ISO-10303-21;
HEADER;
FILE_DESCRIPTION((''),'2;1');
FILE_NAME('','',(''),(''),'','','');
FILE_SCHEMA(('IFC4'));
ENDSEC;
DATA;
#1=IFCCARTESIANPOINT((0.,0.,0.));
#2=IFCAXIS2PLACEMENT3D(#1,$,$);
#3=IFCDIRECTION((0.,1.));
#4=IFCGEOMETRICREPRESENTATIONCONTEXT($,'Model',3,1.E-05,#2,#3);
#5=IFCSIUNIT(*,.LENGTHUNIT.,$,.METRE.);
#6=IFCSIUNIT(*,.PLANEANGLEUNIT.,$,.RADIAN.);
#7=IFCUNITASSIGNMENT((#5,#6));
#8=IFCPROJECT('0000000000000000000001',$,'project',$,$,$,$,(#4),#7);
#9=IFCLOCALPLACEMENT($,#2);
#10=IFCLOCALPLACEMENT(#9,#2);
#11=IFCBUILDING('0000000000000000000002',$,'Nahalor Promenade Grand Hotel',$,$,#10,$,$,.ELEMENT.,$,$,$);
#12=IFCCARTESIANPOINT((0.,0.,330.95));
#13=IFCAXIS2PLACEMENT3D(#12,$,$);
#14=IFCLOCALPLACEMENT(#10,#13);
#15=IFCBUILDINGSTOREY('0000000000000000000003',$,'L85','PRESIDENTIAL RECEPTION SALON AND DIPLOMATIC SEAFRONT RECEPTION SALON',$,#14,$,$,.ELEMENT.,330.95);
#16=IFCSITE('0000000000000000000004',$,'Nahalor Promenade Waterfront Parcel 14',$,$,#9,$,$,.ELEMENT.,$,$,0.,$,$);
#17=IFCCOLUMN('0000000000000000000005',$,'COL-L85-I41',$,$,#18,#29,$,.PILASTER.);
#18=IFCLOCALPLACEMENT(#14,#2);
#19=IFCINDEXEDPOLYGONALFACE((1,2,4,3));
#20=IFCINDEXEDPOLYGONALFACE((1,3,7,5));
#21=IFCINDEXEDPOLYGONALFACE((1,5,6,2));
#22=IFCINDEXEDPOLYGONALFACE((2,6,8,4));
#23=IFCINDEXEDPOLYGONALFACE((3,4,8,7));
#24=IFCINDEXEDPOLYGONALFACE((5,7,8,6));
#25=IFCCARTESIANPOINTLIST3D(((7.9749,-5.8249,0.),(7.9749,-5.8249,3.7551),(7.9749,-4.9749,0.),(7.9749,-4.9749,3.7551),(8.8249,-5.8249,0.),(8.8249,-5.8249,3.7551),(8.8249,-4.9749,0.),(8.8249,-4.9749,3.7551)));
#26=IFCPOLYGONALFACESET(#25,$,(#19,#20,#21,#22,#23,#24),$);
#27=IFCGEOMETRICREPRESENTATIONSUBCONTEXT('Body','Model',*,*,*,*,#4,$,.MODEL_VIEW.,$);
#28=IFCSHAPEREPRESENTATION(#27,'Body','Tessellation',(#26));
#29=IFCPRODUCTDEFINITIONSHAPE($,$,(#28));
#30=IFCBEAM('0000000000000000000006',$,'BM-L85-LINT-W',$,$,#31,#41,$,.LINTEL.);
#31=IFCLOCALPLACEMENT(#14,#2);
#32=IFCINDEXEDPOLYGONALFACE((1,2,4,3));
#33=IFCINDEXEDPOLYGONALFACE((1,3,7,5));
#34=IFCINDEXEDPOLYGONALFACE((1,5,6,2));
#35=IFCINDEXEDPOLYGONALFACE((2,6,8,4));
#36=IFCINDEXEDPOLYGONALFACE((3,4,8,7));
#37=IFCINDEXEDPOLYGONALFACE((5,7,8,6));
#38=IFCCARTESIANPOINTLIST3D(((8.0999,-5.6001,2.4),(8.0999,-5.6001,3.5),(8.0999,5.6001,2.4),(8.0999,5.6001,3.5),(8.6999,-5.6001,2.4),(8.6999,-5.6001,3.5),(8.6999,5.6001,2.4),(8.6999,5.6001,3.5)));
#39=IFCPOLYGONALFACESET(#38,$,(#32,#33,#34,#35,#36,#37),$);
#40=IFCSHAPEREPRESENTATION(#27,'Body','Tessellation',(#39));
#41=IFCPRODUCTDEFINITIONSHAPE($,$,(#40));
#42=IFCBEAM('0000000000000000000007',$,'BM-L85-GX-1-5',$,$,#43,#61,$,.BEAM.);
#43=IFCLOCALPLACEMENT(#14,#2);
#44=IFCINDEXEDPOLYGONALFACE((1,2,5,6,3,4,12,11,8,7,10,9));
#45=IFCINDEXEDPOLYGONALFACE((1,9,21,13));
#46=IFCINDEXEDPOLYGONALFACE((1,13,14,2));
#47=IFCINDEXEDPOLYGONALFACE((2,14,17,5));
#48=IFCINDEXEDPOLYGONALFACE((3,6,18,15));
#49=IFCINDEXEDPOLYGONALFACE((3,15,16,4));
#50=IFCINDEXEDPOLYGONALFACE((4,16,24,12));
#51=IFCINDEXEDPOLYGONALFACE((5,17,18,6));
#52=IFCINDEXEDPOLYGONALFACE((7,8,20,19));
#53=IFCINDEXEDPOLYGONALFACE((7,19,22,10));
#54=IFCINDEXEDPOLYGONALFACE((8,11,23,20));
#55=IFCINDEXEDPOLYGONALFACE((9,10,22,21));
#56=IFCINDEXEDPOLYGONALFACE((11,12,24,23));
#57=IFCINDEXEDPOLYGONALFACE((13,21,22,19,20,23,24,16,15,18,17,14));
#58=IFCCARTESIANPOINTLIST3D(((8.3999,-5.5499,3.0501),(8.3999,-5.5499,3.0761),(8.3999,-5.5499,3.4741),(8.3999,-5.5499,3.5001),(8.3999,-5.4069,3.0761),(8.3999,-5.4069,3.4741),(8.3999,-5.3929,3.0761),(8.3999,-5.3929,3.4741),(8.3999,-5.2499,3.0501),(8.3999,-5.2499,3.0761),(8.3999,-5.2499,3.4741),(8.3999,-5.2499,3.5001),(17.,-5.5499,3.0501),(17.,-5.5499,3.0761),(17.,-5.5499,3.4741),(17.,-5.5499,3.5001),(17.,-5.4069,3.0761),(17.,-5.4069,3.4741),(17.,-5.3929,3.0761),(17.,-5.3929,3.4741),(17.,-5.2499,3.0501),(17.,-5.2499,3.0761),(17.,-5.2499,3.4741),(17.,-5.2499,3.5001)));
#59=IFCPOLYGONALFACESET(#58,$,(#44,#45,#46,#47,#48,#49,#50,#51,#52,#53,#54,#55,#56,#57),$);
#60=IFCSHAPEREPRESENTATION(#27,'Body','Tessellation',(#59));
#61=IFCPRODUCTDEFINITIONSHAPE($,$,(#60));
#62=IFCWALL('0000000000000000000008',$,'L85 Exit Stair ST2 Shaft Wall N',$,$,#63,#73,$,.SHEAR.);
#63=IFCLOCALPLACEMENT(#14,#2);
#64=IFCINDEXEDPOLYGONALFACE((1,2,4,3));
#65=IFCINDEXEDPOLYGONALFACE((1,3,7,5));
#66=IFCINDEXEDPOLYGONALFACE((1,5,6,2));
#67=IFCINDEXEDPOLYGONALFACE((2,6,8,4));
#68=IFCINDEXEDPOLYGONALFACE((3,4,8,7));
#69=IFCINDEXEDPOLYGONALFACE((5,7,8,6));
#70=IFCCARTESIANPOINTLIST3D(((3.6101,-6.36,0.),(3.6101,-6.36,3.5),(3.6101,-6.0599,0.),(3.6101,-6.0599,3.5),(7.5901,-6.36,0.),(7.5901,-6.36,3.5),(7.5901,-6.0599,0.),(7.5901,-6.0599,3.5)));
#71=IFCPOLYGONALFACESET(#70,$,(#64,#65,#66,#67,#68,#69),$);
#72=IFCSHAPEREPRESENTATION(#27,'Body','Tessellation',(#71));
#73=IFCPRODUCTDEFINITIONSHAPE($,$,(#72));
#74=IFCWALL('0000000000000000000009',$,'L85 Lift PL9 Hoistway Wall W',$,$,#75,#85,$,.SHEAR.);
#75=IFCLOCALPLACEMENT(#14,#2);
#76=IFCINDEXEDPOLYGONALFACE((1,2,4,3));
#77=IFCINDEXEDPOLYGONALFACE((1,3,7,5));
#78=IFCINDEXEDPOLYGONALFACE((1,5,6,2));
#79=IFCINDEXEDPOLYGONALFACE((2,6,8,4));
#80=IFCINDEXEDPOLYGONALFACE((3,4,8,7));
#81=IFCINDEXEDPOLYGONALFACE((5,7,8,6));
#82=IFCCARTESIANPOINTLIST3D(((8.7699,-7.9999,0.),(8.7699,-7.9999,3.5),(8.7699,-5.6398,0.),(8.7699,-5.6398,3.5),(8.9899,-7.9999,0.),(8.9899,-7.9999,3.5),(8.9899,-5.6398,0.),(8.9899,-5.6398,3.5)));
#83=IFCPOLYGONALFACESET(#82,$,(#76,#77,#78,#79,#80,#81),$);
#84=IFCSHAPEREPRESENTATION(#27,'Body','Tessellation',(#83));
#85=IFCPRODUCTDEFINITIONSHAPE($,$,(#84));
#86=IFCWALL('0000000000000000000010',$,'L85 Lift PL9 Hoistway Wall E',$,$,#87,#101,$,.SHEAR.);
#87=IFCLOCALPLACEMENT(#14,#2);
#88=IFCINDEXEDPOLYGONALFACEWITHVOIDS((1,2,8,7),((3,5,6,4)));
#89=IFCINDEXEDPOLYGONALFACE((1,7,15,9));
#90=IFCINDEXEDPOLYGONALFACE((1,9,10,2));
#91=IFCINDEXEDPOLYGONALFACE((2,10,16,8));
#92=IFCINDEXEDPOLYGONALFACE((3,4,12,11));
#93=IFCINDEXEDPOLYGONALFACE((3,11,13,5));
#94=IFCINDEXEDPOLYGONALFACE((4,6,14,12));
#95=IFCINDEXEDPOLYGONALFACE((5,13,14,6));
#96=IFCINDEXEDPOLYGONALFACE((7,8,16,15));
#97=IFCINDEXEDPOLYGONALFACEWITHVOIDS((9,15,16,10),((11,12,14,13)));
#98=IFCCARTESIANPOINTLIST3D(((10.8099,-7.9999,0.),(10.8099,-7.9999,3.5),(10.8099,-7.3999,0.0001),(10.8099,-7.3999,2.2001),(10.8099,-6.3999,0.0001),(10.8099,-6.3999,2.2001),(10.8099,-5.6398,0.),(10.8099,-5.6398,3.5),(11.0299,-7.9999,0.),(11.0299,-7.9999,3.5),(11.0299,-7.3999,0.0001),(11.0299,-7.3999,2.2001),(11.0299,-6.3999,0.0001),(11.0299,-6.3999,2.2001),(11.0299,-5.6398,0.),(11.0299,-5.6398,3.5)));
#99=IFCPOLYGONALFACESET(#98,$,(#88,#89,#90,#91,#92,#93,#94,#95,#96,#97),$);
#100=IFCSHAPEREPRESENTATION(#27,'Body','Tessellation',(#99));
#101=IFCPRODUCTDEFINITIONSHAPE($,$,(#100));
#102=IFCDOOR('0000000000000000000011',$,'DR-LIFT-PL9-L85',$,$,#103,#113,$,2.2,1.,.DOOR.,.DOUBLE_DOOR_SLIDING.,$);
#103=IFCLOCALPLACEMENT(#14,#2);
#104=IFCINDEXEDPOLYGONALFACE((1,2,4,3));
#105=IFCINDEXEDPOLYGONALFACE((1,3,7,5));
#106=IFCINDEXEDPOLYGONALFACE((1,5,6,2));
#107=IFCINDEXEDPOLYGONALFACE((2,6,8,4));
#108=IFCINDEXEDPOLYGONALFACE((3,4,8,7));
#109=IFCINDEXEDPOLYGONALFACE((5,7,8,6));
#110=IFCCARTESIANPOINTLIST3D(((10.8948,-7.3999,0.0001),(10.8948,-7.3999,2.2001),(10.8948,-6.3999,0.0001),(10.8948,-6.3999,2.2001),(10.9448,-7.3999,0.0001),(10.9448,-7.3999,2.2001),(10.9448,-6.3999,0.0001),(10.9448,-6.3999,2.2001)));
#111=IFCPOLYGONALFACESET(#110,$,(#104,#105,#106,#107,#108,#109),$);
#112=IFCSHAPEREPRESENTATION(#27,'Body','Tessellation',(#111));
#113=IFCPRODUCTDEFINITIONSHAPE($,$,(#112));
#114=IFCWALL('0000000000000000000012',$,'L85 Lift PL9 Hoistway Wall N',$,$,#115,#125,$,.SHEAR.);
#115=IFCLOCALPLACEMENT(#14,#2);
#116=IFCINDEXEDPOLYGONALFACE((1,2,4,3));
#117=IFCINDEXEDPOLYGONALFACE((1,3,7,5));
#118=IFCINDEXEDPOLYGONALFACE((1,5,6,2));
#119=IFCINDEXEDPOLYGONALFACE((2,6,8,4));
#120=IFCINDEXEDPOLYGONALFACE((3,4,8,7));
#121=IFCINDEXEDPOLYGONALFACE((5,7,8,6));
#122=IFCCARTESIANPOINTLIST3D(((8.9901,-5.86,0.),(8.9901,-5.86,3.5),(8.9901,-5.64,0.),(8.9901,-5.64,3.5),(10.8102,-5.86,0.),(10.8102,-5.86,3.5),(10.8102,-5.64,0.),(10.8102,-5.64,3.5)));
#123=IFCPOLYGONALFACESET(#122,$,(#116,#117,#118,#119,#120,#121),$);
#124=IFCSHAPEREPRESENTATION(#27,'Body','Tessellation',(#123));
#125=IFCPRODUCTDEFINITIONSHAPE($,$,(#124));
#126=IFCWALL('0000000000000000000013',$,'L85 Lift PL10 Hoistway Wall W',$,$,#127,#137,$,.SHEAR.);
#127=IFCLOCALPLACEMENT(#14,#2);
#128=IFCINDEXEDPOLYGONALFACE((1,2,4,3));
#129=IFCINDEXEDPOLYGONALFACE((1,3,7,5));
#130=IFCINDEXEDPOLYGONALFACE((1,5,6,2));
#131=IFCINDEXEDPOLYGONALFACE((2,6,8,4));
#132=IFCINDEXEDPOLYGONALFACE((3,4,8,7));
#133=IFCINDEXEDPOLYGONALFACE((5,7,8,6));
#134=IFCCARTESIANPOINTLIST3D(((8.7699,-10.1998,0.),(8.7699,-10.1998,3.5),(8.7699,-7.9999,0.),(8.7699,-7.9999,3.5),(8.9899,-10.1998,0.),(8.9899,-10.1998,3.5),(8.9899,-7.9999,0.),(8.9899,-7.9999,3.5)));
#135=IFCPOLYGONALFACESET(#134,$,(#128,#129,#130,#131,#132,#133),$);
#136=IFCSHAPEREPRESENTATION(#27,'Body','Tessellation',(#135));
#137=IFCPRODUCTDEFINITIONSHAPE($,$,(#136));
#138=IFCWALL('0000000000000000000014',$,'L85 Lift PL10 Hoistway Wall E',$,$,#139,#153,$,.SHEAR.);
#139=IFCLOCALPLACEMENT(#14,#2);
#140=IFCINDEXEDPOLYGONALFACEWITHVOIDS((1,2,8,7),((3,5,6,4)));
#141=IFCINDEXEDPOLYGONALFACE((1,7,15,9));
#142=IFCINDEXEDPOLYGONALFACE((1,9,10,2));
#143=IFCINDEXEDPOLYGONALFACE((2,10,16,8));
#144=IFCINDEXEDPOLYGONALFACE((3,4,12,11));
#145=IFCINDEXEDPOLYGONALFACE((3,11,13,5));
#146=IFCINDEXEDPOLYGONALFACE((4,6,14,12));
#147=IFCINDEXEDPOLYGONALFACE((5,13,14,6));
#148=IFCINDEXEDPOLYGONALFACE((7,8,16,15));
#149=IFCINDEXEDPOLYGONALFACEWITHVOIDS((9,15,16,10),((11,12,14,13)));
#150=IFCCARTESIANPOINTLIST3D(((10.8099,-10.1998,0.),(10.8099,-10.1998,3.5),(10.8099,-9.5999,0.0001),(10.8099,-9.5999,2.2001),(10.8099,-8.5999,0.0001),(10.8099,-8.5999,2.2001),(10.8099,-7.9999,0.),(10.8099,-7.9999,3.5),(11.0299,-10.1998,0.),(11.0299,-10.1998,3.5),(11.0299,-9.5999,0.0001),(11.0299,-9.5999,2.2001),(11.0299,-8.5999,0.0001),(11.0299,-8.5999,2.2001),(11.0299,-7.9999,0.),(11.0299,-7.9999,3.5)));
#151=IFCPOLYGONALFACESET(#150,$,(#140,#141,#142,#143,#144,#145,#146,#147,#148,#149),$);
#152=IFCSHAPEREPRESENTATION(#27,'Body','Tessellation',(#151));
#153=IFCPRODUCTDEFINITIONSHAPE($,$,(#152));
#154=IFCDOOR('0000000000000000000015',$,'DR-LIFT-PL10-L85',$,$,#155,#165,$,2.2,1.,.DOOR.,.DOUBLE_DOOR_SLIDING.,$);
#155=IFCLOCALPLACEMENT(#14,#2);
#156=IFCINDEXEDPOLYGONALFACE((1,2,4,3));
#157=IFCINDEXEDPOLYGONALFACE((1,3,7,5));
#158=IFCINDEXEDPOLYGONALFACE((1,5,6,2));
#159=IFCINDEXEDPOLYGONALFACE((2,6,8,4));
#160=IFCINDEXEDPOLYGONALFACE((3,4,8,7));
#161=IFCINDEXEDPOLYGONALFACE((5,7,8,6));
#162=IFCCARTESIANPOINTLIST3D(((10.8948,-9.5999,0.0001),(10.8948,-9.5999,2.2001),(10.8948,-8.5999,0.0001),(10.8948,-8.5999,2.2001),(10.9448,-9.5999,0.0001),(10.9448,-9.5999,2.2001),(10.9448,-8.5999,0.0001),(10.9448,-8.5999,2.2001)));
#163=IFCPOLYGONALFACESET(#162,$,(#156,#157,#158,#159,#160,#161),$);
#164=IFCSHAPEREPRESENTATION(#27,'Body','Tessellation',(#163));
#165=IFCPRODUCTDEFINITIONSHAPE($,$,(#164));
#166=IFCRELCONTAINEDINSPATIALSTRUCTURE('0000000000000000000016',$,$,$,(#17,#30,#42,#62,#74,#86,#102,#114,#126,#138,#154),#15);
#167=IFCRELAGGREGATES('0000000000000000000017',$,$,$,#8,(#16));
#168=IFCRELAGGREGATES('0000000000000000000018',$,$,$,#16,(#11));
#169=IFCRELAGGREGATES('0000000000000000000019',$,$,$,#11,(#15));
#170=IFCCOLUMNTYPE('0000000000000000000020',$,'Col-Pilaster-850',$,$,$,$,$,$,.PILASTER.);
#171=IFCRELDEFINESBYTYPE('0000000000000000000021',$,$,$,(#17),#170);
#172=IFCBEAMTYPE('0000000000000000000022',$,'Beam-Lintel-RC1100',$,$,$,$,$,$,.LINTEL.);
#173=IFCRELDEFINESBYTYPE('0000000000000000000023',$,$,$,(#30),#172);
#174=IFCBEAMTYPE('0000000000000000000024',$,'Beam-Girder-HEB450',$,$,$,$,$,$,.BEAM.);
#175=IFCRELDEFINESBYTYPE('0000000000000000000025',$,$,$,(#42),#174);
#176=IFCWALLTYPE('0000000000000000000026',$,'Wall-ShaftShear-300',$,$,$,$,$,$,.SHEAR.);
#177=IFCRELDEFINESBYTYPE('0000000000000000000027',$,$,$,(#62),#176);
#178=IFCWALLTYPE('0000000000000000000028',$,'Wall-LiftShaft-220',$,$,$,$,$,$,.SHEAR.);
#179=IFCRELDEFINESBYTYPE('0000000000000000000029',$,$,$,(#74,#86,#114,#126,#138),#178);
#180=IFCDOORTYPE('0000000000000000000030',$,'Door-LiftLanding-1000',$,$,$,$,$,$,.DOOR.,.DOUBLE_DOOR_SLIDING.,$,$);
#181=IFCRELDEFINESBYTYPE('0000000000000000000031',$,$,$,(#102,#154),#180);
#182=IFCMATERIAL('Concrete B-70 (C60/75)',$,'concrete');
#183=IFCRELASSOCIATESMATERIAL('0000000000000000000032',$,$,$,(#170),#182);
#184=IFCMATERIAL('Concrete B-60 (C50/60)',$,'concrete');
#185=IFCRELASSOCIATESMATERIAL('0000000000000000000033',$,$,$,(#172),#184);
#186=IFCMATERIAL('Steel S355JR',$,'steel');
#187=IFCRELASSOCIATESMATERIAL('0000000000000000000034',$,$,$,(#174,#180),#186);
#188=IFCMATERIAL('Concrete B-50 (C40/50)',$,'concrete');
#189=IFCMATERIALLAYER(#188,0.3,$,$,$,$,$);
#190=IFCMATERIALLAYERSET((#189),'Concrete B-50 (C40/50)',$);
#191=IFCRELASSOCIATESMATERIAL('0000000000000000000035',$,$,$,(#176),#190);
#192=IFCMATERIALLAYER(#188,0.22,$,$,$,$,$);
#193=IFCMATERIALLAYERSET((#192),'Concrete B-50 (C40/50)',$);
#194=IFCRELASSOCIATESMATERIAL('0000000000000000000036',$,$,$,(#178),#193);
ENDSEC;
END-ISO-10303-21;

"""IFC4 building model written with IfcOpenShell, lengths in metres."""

from ifc_helpers import new_model, si_unit, direction, frame, frame_2d, origin, origin_2d, place, context, subcontext, project, spatial, rectangle, i_section, extrude, source, transform, mapped, material, layer, layer_set, material_profile, profile_set, type_object, element, fill, save


model = new_model("IFC4")

# Units and contexts
model_context = context("Model", 3, precision=1e-05, world=origin(), true_north=direction((0.0, 1.0)))
body_context = subcontext(model_context, "Body", "Model", "MODEL_VIEW")
ifc_project = project(units=[si_unit("LENGTHUNIT", "METRE"), si_unit("PLANEANGLEUNIT", "RADIAN")], contexts=[model_context])

# Site, building, storey
site_placement = place(None, origin())
site = spatial("IfcSite", under=ifc_project, at=site_placement, Name="Nahalor Promenade Waterfront Parcel 14", CompositionType="ELEMENT", RefElevation=0.0)
building_placement = place(site_placement, origin())
building = spatial("IfcBuilding", under=site, at=building_placement, Name="Nahalor Promenade Grand Hotel", CompositionType="ELEMENT")
storey_placement = place(building_placement, frame((0.0, 0.0, 330.95)))
storey = spatial("IfcBuildingStorey", under=building, at=storey_placement, Name="L85", Description="PRESIDENTIAL RECEPTION SALON AND DIPLOMATIC SEAFRONT RECEPTION SALON", CompositionType="ELEMENT", Elevation=330.95)

# Column
ifc_material_1 = material(Name="Concrete B-70 (C60/75)", Category="concrete")
ifc_material_profile_1 = material_profile(ifc_material_1, rectangle(XDim=0.85, YDim=0.85, at=origin_2d()), Name="RC 850x850")
ifc_profile_set_1 = profile_set([ifc_material_profile_1], Name="Concrete B-70 (C60/75)")
column_type = type_object("IfcColumnType", Name="Col-Pilaster-850", PredefinedType="PILASTER", material=ifc_profile_set_1)
shared_shape_1 = source(origin(), body_context, "Body", "SweptSolid", [
    extrude(rectangle(XDim=0.85, YDim=0.85, at=origin_2d()), origin(), (0.0, 0.0, 1.0), 3.7551),
])
column_placement = place(storey_placement, frame((8.3999, -5.3999, 0.0), z_axis=(0.0, 0.0, 1.0), x_axis=(1.0, 0.0, 0.0)))
element("IfcColumn", 1, at=column_placement, inside=storey, type_object=column_type, Name="COL-L85-I41", PredefinedType="PILASTER", context=body_context, shape_type="MappedRepresentation", body=[
    mapped(shared_shape_1, transform((0.0, 0.0, 0.0), scale=1.0)),
])

# Beams
ifc_material_2 = material(Name="Concrete B-60 (C50/60)", Category="concrete")
ifc_material_profile_2 = material_profile(ifc_material_2, rectangle(XDim=0.6, YDim=1.1, at=origin_2d()), Name="RC 600x1100")
ifc_profile_set_2 = profile_set([ifc_material_profile_2], Name="Concrete B-60 (C50/60)")
beam_type_1 = type_object("IfcBeamType", Name="Beam-Lintel-RC1100", PredefinedType="LINTEL", material=ifc_profile_set_2)
shared_shape_2 = source(origin(), body_context, "Body", "SweptSolid", [
    extrude(rectangle(XDim=0.6, YDim=1.1, at=origin_2d()), origin(), (0.0, 0.0, 1.0), 11.2002),
])
beam_1_placement = place(storey_placement, frame((8.3999, -5.6001, 2.95), z_axis=(0.0, 1.0, 0.0), x_axis=(-1.0, 0.0, 0.0)))
element("IfcBeam", 2, at=beam_1_placement, inside=storey, type_object=beam_type_1, Name="BM-L85-LINT-W", PredefinedType="LINTEL", context=body_context, shape_type="MappedRepresentation", body=[
    mapped(shared_shape_2, transform((0.0, 0.0, 0.0), scale=1.0)),
])
ifc_material_3 = material(Name="Steel S355JR", Category="steel")
ifc_material_profile_3 = material_profile(ifc_material_3, i_section(OverallWidth=0.3, OverallDepth=0.45, WebThickness=0.014, FlangeThickness=0.026, at=origin_2d()), Name="HEB 450")
ifc_profile_set_3 = profile_set([ifc_material_profile_3], Name="Steel S355JR")
beam_type_2 = type_object("IfcBeamType", Name="Beam-Girder-HEB450", PredefinedType="BEAM", material=ifc_profile_set_3)
shared_shape_3 = source(origin(), body_context, "Body", "SweptSolid", [
    extrude(i_section(OverallWidth=0.3, OverallDepth=0.45, WebThickness=0.014, FlangeThickness=0.026, at=origin_2d()), origin(), (0.0, 0.0, 1.0), 8.6001),
])
beam_2_placement = place(storey_placement, frame((8.3999, -5.3999, 3.2751), z_axis=(1.0, 0.0, 0.0), x_axis=(0.0, 1.0, 0.0)))
element("IfcBeam", 3, at=beam_2_placement, inside=storey, type_object=beam_type_2, Name="BM-L85-GX-1-5", PredefinedType="BEAM", context=body_context, shape_type="MappedRepresentation", body=[
    mapped(shared_shape_3, transform((0.0, 0.0, 0.0), scale=1.0)),
])

# Walls
ifc_material_4 = material(Name="Concrete B-50 (C40/50)", Category="concrete")
ifc_layer_1 = layer(ifc_material_4, 0.3)
ifc_layer_set_1 = layer_set([ifc_layer_1], Name="Concrete B-50 (C40/50)")
wall_type_1 = type_object("IfcWallType", Name="Wall-ShaftShear-300", PredefinedType="SHEAR", material=ifc_layer_set_1)
shared_shape_4 = source(origin(), body_context, "Body", "SweptSolid", [
    extrude(rectangle(XDim=3.98, YDim=0.3, at=frame_2d((1.99, 0.0))), origin(), (0.0, 0.0, 1.0), 3.5),
])
wall_1_placement = place(storey_placement, frame((3.6101, -6.21, 0.0), z_axis=(0.0, 0.0, 1.0), x_axis=(1.0, 0.0, 0.0)))
element("IfcWall", 4, at=wall_1_placement, inside=storey, type_object=wall_type_1, Name="L85 Exit Stair ST2 Shaft Wall N", PredefinedType="SHEAR", context=body_context, shape_type="MappedRepresentation", body=[
    mapped(shared_shape_4, transform((0.0, 0.0, 0.0), scale=1.0)),
])
ifc_layer_2 = layer(ifc_material_4, 0.22)
ifc_layer_set_2 = layer_set([ifc_layer_2], Name="Concrete B-50 (C40/50)")
wall_type_2 = type_object("IfcWallType", Name="Wall-LiftShaft-220", PredefinedType="SHEAR", material=ifc_layer_set_2)
shared_shape_5 = source(origin(), body_context, "Body", "SweptSolid", [
    extrude(rectangle(XDim=2.3601, YDim=0.22, at=frame_2d((1.1802, 0.0))), origin(), (0.0, 0.0, 1.0), 3.5),
])
wall_2_placement = place(storey_placement, frame((8.8799, -8.0, 0.0), z_axis=(0.0, 0.0, 1.0), x_axis=(0.0, 1.0, 0.0)))
element("IfcWall", 5, at=wall_2_placement, inside=storey, type_object=wall_type_2, Name="L85 Lift PL9 Hoistway Wall W", PredefinedType="SHEAR", context=body_context, shape_type="MappedRepresentation", body=[
    mapped(shared_shape_5, transform((0.0, 0.0, 0.0), scale=1.0)),
])

# Wall, opening, door
wall_3_placement = place(storey_placement, frame((10.9199, -8.0, 0.0), z_axis=(0.0, 0.0, 1.0), x_axis=(0.0, 1.0, 0.0)))
wall_3 = element("IfcWall", 6, at=wall_3_placement, inside=storey, type_object=wall_type_2, Name="L85 Lift PL9 Hoistway Wall E", PredefinedType="SHEAR", context=body_context, shape_type="MappedRepresentation", body=[
    mapped(shared_shape_5, transform((0.0, 0.0, 0.0), scale=1.0)),
])
opening_1_placement = place(wall_3_placement, frame((0.6001, 0.0, 0.0)))
opening_1 = element("IfcOpeningElement", 7, at=opening_1_placement, cuts=wall_3, PredefinedType="OPENING", context=body_context, shape_type="SweptSolid", body=[
    extrude(rectangle(XDim=1.0, YDim=2.2, at=frame_2d((0.5, 1.1001))), frame((0.0, 0.1199, 0.0), z_axis=(0.0, -1.0, 0.0), x_axis=(1.0, 0.0, 0.0)), (0.0, 0.0, 1.0), 0.24),
])
door_type = type_object("IfcDoorType", Name="Door-LiftLanding-1000", OperationType="DOUBLE_DOOR_SLIDING", PredefinedType="DOOR", material=ifc_material_3)
shared_shape_6 = source(origin(), body_context, "Body", "SweptSolid", [
    extrude(rectangle(XDim=1.0, YDim=2.2, at=frame_2d((0.5, 1.1001))), frame((0.0, 0.0249, 0.0), z_axis=(0.0, -1.0, 0.0), x_axis=(1.0, 0.0, 0.0)), (0.0, 0.0, 1.0), 0.05),
])
door_1_placement = place(opening_1_placement, frame((1.0, 0.0, 0.0), z_axis=(0.0, 0.0, 1.0), x_axis=(-1.0, 0.0, 0.0)))
door_1 = element("IfcDoor", 8, at=door_1_placement, inside=storey, type_object=door_type, Name="DR-LIFT-PL9-L85", OperationType="DOUBLE_DOOR_SLIDING", OverallHeight=2.2, OverallWidth=1.0, PredefinedType="DOOR", context=body_context, shape_type="MappedRepresentation", body=[
    mapped(shared_shape_6, transform((0.0, 0.0, 0.0), scale=1.0)),
])
fill(opening_1, door_1)

# Walls
shared_shape_7 = source(origin(), body_context, "Body", "SweptSolid", [
    extrude(rectangle(XDim=1.8201, YDim=0.22, at=frame_2d((0.9102, 0.0))), origin(), (0.0, 0.0, 1.0), 3.5),
])
wall_4_placement = place(storey_placement, frame((8.99, -5.75, 0.0), z_axis=(0.0, 0.0, 1.0), x_axis=(1.0, 0.0, 0.0)))
element("IfcWall", 9, at=wall_4_placement, inside=storey, type_object=wall_type_2, Name="L85 Lift PL9 Hoistway Wall N", PredefinedType="SHEAR", context=body_context, shape_type="MappedRepresentation", body=[
    mapped(shared_shape_7, transform((0.0, 0.0, 0.0), scale=1.0)),
])
shared_shape_8 = source(origin(), body_context, "Body", "SweptSolid", [
    extrude(rectangle(XDim=2.2, YDim=0.22, at=frame_2d((1.1001, 0.0))), origin(), (0.0, 0.0, 1.0), 3.5),
])
wall_5_placement = place(storey_placement, frame((8.8799, -10.2, 0.0), z_axis=(0.0, 0.0, 1.0), x_axis=(0.0, 1.0, 0.0)))
element("IfcWall", 10, at=wall_5_placement, inside=storey, type_object=wall_type_2, Name="L85 Lift PL10 Hoistway Wall W", PredefinedType="SHEAR", context=body_context, shape_type="MappedRepresentation", body=[
    mapped(shared_shape_8, transform((0.0, 0.0, 0.0), scale=1.0)),
])

# Wall, opening, door
wall_6_placement = place(storey_placement, frame((10.9199, -10.2, 0.0), z_axis=(0.0, 0.0, 1.0), x_axis=(0.0, 1.0, 0.0)))
wall_6 = element("IfcWall", 11, at=wall_6_placement, inside=storey, type_object=wall_type_2, Name="L85 Lift PL10 Hoistway Wall E", PredefinedType="SHEAR", context=body_context, shape_type="MappedRepresentation", body=[
    mapped(shared_shape_8, transform((0.0, 0.0, 0.0), scale=1.0)),
])
opening_2_placement = place(wall_6_placement, frame((0.6001, 0.0, 0.0)))
opening_2 = element("IfcOpeningElement", 12, at=opening_2_placement, cuts=wall_6, PredefinedType="OPENING", context=body_context, shape_type="SweptSolid", body=[
    extrude(rectangle(XDim=1.0, YDim=2.2, at=frame_2d((0.5, 1.1001))), frame((0.0, 0.1199, 0.0), z_axis=(0.0, -1.0, 0.0), x_axis=(1.0, 0.0, 0.0)), (0.0, 0.0, 1.0), 0.24),
])
door_2_placement = place(opening_2_placement, frame((1.0, 0.0, 0.0), z_axis=(0.0, 0.0, 1.0), x_axis=(-1.0, 0.0, 0.0)))
door_2 = element("IfcDoor", 13, at=door_2_placement, inside=storey, type_object=door_type, Name="DR-LIFT-PL10-L85", OperationType="DOUBLE_DOOR_SLIDING", OverallHeight=2.2, OverallWidth=1.0, PredefinedType="DOOR", context=body_context, shape_type="MappedRepresentation", body=[
    mapped(shared_shape_6, transform((0.0, 0.0, 0.0), scale=1.0)),
])
fill(opening_2, door_2)

save(model, "model.ifc")
